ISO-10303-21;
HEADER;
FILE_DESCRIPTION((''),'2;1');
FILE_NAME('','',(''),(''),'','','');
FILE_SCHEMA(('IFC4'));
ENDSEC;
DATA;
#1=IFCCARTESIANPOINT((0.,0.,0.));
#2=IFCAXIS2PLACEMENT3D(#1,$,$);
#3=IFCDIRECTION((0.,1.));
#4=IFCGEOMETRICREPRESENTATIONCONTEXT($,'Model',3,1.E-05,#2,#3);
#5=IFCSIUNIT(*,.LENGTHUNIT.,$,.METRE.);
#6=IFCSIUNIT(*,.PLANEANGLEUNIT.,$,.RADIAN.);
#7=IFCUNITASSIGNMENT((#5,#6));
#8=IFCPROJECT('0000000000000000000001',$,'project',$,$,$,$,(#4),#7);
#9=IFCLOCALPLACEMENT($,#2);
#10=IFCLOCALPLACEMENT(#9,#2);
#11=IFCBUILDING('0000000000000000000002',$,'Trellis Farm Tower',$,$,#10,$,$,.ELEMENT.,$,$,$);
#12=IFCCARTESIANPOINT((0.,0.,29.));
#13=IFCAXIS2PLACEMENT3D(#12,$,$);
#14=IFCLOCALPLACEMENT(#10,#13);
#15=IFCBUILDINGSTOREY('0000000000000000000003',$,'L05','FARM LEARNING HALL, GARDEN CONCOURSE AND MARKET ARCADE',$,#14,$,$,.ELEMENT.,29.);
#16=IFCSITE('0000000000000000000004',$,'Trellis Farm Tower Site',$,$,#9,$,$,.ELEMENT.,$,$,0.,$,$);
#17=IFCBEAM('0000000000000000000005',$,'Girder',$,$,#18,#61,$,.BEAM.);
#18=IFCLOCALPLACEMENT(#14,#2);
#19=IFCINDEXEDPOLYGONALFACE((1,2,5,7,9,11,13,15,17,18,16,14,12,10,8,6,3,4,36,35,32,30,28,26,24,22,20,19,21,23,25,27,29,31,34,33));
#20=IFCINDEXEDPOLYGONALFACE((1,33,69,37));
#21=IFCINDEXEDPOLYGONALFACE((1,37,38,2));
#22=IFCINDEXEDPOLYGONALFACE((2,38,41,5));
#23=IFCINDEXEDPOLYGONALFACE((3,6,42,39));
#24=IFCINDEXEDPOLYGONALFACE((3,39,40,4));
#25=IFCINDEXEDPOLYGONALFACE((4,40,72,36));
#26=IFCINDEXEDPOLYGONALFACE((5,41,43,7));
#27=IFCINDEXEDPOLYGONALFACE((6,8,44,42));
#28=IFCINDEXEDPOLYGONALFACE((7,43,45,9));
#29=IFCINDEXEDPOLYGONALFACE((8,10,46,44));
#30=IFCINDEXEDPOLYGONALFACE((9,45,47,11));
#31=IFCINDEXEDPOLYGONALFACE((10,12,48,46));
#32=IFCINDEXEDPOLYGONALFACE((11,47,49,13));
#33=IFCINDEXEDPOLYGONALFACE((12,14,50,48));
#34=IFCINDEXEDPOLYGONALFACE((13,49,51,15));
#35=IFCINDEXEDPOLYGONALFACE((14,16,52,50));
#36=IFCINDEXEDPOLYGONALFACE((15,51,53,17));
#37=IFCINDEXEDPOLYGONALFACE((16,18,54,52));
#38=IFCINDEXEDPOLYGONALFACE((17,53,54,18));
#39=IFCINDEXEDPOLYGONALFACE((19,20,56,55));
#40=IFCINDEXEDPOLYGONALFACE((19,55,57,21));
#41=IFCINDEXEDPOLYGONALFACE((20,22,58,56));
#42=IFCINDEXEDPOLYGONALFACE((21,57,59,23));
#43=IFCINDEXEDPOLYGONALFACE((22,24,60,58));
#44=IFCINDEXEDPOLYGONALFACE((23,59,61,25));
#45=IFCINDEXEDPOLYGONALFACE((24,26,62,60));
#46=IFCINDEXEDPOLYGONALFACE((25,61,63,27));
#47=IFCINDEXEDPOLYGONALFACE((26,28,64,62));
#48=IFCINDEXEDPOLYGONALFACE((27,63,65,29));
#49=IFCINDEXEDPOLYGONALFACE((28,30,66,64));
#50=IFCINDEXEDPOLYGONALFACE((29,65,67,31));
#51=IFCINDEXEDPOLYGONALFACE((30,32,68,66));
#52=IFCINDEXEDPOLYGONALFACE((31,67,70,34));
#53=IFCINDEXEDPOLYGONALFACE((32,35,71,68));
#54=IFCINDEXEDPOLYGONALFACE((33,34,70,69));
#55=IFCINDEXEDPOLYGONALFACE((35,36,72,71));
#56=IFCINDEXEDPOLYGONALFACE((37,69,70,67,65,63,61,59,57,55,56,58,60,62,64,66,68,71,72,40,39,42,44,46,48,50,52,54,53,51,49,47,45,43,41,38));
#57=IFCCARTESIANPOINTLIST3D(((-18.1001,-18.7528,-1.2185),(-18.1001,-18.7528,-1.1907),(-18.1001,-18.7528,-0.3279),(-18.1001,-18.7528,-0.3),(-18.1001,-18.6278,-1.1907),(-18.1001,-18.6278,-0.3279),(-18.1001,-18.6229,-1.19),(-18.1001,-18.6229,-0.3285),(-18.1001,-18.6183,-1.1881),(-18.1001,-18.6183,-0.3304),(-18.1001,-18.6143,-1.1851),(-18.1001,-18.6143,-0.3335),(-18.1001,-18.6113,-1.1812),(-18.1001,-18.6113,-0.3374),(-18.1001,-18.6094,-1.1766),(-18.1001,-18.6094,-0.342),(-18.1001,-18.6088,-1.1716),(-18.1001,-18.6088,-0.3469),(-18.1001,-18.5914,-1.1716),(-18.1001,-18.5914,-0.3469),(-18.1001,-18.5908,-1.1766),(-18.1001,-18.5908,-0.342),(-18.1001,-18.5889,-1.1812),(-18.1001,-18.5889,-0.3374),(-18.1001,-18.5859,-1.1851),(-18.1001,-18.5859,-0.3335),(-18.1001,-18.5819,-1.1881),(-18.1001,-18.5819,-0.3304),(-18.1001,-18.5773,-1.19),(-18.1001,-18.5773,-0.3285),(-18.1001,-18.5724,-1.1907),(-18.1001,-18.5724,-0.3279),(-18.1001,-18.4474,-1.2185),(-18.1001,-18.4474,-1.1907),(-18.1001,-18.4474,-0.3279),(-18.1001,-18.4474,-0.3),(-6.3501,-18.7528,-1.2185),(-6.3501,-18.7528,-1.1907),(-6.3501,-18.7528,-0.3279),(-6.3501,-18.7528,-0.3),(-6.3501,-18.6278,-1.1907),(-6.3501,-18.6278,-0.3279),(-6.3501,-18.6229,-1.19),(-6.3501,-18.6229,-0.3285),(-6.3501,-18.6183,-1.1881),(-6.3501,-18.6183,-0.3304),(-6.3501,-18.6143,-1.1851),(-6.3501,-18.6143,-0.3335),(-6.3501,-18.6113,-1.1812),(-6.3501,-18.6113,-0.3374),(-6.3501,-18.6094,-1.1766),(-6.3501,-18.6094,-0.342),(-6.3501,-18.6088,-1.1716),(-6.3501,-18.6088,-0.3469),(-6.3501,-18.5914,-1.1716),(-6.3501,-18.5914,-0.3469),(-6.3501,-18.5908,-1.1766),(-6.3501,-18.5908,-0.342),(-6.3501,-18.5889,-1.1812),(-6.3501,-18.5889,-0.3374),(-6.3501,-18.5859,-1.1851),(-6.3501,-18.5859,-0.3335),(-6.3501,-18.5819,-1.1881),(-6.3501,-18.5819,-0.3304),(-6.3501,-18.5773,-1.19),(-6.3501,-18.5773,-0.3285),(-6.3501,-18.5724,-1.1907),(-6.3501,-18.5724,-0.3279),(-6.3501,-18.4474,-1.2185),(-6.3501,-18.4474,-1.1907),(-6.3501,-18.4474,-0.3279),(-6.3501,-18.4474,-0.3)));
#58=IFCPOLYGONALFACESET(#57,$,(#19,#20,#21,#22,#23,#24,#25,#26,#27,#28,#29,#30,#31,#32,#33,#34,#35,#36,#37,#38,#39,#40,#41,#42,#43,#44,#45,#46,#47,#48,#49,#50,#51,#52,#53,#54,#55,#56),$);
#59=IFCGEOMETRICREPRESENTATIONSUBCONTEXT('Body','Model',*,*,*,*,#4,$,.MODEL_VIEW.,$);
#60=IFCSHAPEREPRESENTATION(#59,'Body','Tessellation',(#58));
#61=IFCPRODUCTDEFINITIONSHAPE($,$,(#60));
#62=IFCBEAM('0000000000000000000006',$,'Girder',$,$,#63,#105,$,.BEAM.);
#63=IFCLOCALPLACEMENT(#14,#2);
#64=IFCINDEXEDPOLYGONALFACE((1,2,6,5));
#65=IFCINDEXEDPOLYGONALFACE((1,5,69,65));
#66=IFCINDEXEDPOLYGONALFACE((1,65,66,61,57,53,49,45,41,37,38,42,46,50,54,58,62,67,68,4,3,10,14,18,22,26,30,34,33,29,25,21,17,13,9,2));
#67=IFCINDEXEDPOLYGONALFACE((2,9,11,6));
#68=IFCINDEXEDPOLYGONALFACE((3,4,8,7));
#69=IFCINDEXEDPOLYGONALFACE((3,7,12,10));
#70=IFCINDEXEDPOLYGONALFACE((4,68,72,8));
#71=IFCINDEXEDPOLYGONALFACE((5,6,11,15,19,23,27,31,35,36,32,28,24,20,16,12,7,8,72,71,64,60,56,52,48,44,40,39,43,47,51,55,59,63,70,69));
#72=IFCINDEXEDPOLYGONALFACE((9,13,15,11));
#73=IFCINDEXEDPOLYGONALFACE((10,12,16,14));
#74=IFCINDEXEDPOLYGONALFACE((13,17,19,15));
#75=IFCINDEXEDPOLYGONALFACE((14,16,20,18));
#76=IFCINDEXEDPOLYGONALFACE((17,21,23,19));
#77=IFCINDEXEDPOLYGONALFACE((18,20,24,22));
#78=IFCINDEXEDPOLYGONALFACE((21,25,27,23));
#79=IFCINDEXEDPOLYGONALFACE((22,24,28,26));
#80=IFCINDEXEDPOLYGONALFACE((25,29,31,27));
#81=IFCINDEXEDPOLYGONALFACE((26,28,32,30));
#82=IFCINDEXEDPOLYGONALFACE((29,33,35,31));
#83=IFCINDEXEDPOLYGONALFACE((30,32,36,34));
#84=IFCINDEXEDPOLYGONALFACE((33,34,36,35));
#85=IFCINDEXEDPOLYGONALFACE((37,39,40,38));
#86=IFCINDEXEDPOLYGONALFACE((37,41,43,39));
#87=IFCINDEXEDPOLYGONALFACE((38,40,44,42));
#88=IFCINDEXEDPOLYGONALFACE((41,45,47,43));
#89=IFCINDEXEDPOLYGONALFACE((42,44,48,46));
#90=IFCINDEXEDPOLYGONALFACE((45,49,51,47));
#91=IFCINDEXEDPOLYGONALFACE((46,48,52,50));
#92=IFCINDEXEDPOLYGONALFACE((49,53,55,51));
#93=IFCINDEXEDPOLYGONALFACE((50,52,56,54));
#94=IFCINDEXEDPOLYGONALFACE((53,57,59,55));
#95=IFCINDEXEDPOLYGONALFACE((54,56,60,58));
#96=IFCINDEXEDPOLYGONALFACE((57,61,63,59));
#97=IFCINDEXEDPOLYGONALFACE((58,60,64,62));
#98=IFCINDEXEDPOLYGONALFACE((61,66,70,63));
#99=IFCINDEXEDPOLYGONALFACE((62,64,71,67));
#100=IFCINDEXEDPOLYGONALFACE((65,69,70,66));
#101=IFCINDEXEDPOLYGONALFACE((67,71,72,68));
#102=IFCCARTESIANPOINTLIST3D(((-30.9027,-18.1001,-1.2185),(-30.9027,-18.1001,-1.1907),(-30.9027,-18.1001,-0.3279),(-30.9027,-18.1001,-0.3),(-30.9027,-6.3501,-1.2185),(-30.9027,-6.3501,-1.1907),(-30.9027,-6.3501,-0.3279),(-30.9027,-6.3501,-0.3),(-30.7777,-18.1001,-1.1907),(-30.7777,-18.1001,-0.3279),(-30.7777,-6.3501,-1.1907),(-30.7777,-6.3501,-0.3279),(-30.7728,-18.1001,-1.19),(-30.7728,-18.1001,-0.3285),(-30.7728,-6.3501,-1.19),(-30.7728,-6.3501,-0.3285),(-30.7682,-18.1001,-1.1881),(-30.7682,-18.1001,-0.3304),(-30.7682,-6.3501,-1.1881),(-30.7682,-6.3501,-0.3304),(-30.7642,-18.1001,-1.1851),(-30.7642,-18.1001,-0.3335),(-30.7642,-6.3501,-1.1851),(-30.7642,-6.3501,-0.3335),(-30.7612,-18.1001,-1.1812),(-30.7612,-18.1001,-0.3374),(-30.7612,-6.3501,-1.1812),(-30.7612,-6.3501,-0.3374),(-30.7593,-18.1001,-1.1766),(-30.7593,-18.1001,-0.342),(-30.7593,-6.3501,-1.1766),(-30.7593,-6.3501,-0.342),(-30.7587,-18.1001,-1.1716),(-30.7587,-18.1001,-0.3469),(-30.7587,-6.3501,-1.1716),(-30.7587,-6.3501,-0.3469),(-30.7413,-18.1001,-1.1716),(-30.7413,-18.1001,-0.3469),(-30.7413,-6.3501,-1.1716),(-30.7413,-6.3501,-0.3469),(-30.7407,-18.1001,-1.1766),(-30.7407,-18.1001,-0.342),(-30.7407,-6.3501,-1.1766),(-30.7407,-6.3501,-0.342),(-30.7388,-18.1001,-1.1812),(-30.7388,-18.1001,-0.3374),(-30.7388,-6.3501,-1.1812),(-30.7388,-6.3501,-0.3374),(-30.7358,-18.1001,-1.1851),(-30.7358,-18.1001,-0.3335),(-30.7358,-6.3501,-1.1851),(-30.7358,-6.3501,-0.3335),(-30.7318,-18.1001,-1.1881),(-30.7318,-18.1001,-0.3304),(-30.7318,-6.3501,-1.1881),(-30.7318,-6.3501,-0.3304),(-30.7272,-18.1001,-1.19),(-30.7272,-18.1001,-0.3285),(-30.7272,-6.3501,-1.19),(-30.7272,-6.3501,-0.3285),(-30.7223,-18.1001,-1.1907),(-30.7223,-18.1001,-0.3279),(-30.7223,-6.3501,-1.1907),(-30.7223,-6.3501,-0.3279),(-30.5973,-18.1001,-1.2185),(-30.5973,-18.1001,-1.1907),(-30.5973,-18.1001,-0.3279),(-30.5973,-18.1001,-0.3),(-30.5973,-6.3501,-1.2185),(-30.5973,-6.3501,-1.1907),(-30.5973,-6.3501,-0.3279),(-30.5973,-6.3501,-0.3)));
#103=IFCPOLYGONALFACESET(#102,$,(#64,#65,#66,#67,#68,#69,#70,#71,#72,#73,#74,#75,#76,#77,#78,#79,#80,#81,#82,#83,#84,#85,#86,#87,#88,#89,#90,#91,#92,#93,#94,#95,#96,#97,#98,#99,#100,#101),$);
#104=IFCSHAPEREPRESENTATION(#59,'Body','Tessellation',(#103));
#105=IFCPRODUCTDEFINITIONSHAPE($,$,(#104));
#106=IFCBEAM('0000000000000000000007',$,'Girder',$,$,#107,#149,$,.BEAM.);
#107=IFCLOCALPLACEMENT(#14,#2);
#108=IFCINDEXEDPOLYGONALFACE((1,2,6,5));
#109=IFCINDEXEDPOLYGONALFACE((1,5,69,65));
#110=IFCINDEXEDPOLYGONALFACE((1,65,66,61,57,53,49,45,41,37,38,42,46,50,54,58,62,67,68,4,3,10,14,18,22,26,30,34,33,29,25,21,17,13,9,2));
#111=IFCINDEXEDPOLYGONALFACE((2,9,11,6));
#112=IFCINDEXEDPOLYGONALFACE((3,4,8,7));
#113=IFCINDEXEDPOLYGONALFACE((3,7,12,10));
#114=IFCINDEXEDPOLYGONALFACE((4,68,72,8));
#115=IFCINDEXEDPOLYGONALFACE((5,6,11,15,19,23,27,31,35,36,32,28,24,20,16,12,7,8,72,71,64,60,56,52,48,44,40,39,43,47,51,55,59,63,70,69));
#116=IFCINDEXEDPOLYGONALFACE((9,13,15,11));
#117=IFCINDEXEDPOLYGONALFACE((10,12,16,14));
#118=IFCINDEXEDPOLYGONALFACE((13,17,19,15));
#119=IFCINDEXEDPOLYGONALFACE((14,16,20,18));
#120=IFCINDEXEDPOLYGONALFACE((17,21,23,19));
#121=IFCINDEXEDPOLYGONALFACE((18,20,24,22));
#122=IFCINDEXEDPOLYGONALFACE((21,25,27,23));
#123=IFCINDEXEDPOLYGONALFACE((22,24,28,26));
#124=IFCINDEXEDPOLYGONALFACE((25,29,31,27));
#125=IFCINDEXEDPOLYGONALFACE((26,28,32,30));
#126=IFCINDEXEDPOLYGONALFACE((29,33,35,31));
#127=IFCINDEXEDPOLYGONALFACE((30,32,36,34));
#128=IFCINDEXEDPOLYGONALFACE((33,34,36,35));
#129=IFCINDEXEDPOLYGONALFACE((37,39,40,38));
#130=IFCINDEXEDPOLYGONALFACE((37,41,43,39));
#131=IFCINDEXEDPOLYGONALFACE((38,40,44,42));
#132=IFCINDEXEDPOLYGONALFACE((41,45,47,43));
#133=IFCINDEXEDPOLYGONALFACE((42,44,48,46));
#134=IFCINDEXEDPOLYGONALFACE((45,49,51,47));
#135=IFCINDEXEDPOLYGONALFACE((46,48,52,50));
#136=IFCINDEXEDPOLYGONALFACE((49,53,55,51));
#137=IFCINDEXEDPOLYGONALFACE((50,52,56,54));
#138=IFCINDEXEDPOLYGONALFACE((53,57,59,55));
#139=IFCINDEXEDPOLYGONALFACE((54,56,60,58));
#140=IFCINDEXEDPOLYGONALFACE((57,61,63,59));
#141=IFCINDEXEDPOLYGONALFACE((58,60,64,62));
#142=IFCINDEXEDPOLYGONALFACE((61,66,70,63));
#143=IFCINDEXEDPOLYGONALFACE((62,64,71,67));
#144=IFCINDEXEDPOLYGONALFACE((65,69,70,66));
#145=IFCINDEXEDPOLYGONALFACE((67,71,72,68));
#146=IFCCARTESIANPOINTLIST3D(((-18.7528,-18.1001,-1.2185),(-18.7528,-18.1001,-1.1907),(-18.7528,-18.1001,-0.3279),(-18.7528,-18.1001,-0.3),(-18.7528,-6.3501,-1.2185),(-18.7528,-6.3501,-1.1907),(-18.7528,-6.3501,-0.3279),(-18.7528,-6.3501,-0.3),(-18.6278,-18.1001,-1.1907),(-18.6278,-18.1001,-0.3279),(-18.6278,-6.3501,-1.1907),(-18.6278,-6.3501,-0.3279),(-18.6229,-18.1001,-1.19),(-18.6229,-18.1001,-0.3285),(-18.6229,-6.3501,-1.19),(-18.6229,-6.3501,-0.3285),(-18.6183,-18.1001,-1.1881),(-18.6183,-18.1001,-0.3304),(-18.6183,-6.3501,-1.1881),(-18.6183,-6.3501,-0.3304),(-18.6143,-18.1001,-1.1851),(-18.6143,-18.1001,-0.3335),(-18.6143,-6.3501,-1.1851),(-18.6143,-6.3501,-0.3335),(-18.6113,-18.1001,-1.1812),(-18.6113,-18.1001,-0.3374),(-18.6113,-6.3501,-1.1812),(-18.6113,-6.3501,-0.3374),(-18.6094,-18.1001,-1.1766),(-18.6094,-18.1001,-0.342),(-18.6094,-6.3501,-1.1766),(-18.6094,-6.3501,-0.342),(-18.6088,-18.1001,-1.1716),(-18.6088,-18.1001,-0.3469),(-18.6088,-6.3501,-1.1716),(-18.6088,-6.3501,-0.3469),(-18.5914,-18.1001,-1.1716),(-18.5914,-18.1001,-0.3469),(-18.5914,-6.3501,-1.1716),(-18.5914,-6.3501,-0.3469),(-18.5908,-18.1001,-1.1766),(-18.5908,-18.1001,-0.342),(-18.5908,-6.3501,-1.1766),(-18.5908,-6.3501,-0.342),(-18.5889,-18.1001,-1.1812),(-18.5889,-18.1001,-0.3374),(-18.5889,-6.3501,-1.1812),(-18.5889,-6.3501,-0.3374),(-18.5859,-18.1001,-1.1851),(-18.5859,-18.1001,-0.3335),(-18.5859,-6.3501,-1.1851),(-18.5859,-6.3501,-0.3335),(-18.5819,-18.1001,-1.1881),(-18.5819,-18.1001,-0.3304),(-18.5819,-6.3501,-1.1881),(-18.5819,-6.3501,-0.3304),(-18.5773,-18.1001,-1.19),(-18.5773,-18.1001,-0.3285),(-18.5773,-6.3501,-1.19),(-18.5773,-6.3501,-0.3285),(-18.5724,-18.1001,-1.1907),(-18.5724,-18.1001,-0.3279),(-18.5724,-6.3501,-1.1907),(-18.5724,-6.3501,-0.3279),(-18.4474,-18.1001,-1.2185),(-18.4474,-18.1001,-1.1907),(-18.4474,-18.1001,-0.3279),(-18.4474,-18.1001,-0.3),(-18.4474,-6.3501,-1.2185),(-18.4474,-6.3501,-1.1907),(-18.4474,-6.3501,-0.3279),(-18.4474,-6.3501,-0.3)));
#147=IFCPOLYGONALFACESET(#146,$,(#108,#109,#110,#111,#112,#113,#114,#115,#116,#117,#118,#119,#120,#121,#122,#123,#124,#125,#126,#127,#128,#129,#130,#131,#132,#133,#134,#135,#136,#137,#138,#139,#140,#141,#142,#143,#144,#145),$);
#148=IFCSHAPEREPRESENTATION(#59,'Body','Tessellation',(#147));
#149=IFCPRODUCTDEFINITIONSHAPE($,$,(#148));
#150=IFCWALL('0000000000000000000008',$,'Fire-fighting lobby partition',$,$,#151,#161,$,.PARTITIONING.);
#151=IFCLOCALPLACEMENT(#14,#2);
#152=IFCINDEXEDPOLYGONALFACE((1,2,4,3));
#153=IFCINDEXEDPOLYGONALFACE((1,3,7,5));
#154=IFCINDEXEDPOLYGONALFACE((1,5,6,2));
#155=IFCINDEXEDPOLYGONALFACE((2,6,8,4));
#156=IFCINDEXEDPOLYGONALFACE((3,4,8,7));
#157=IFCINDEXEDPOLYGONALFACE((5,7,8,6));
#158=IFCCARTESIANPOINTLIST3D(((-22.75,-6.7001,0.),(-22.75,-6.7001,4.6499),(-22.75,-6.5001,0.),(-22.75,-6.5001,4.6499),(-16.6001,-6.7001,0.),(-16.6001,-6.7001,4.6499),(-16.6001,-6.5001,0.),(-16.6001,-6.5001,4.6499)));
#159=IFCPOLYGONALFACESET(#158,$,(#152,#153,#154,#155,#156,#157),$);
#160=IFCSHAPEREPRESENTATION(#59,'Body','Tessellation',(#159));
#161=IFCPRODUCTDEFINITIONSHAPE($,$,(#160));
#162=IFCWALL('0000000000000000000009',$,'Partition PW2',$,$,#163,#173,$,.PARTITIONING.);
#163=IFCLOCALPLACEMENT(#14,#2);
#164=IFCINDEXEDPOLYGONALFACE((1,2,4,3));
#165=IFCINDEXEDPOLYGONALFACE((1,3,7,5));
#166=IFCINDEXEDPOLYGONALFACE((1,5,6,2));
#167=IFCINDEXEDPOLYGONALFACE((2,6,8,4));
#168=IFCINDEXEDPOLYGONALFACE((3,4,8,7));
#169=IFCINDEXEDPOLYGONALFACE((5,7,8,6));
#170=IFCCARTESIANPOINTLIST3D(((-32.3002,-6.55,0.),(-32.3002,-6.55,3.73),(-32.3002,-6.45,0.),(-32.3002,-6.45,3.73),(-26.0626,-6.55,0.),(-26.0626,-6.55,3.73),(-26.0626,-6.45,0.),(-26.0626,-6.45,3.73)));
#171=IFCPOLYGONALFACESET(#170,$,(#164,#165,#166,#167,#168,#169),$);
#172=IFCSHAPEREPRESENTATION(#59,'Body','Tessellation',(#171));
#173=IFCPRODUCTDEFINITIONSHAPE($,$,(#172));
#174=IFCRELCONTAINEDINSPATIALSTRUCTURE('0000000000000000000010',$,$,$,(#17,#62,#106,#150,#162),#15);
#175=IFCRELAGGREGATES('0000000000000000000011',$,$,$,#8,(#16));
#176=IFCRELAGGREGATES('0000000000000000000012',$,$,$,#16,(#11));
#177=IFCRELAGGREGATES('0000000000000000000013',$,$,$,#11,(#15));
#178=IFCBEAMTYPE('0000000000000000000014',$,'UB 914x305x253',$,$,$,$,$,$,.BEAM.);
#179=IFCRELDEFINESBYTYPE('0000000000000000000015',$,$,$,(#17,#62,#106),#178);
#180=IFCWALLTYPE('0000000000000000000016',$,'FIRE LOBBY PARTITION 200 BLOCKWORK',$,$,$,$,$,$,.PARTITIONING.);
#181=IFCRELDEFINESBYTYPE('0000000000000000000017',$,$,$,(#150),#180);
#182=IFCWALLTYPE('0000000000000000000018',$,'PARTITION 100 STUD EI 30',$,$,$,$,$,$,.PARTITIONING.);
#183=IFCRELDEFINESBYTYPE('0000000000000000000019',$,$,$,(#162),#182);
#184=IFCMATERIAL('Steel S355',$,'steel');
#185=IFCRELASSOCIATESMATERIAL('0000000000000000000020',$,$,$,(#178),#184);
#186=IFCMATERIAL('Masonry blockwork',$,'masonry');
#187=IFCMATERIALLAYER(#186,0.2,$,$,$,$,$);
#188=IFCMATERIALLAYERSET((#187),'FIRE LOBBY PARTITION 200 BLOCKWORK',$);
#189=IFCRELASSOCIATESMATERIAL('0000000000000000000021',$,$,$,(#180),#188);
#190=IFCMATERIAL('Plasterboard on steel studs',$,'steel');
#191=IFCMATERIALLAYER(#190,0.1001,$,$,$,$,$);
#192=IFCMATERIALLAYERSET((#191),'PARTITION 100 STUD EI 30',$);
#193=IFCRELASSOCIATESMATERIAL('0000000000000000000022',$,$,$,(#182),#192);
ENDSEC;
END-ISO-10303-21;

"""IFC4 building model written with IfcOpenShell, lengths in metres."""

from ifc_helpers import new_model, si_unit, direction, frame, frame_2d, origin, origin_2d, place, context, subcontext, project, spatial, rectangle, i_section, extrude, source, transform, mapped, material, layer, layer_set, material_profile, profile_set, type_object, element, save


model = new_model("IFC4")

# Units and contexts
model_context = context("Model", 3, precision=1e-05, world=origin(), true_north=direction((0.0, 1.0)))
body_context = subcontext(model_context, "Body", "Model", "MODEL_VIEW")
ifc_project = project(units=[si_unit("LENGTHUNIT", "METRE"), si_unit("PLANEANGLEUNIT", "RADIAN")], contexts=[model_context])

# Site, building, storey
site_placement = place(None, origin())
site = spatial("IfcSite", under=ifc_project, at=site_placement, Name="Trellis Farm Tower Site", CompositionType="ELEMENT", RefElevation=0.0)
building_placement = place(site_placement, origin())
building = spatial("IfcBuilding", under=site, at=building_placement, Name="Trellis Farm Tower", CompositionType="ELEMENT")
storey_placement = place(building_placement, frame((0.0, 0.0, 29.0)))
storey = spatial("IfcBuildingStorey", under=building, at=storey_placement, Name="L05", Description="FARM LEARNING HALL, GARDEN CONCOURSE AND MARKET ARCADE", CompositionType="ELEMENT", Elevation=29.0)

# Beams
ifc_material_1 = material(Name="Steel S355", Category="steel")
ifc_material_profile_1 = material_profile(ifc_material_1, i_section(OverallWidth=0.3054, OverallDepth=0.9185, WebThickness=0.0173, FlangeThickness=0.0278, FilletRadius=0.019, at=origin_2d()), Name="UB 914x305x253")
ifc_profile_set_1 = profile_set([ifc_material_profile_1], Name="Steel S355")
beam_type_1 = type_object("IfcBeamType", Name="UB 914x305x253", PredefinedType="BEAM", material=ifc_profile_set_1)
shared_shape_1 = source(origin(), body_context, "Body", "SweptSolid", [
    extrude(i_section(OverallWidth=0.3054, OverallDepth=0.9185, WebThickness=0.0173, FlangeThickness=0.0278, FilletRadius=0.019, at=origin_2d()), origin(), (0.0, 0.0, 1.0), 11.75),
])
for number, where, z_axis, x_axis, name in (
    (1, (-18.1001, -18.6001, -0.7593), (1.0, 0.0, 0.0), (0.0, 1.0, 0.0), "Girder"),
    (2, (-30.75, -18.1001, -0.7593), (0.0, 1.0, 0.0), (-1.0, 0.0, 0.0), "Girder"),
    (3, (-18.6001, -18.1001, -0.7593), (0.0, 1.0, 0.0), (-1.0, 0.0, 0.0), "Girder"),
):
    element("IfcBeam", number, at=place(storey_placement, frame(where, z_axis=z_axis, x_axis=x_axis)), inside=storey, type_object=beam_type_1, Name=name, PredefinedType="BEAM", context=body_context, shape_type="MappedRepresentation", body=[
        mapped(shared_shape_1, transform((0.0, 0.0, 0.0))),
    ])

# Walls
ifc_material_2 = material(Name="Masonry blockwork", Category="masonry")
ifc_layer_1 = layer(ifc_material_2, 0.2)
ifc_layer_set_1 = layer_set([ifc_layer_1], Name="FIRE LOBBY PARTITION 200 BLOCKWORK")
wall_type_1 = type_object("IfcWallType", Name="FIRE LOBBY PARTITION 200 BLOCKWORK", PredefinedType="PARTITIONING", material=ifc_layer_set_1)
shared_shape_2 = source(origin(), body_context, "Body", "SweptSolid", [
    extrude(rectangle(XDim=6.1499, YDim=0.2, at=frame_2d((3.075, 0.0))), origin(), (0.0, 0.0, 1.0), 4.6499),
])
wall_1_placement = place(storey_placement, frame((-16.6001, -6.6001, 0.0), z_axis=(0.0, 0.0, 1.0), x_axis=(-1.0, 0.0, 0.0)))
element("IfcWall", 4, at=wall_1_placement, inside=storey, type_object=wall_type_1, Name="Fire-fighting lobby partition", PredefinedType="PARTITIONING", context=body_context, shape_type="MappedRepresentation", body=[
    mapped(shared_shape_2, transform((0.0, 0.0, 0.0))),
])
ifc_material_3 = material(Name="Plasterboard on steel studs", Category="steel")
ifc_layer_2 = layer(ifc_material_3, 0.1001)
ifc_layer_set_2 = layer_set([ifc_layer_2], Name="PARTITION 100 STUD EI 30")
wall_type_2 = type_object("IfcWallType", Name="PARTITION 100 STUD EI 30", PredefinedType="PARTITIONING", material=ifc_layer_set_2)
shared_shape_3 = source(origin(), body_context, "Body", "SweptSolid", [
    extrude(rectangle(XDim=6.2375, YDim=0.1001, at=frame_2d((3.1187, 0.0))), origin(), (0.0, 0.0, 1.0), 3.73),
])
wall_2_placement = place(storey_placement, frame((-32.3, -6.5, 0.0), z_axis=(0.0, 0.0, 1.0), x_axis=(1.0, 0.0, 0.0)))
element("IfcWall", 5, at=wall_2_placement, inside=storey, type_object=wall_type_2, Name="Partition PW2", PredefinedType="PARTITIONING", context=body_context, shape_type="MappedRepresentation", body=[
    mapped(shared_shape_3, transform((0.0, 0.0, 0.0))),
])

save(model, "model.ifc")
